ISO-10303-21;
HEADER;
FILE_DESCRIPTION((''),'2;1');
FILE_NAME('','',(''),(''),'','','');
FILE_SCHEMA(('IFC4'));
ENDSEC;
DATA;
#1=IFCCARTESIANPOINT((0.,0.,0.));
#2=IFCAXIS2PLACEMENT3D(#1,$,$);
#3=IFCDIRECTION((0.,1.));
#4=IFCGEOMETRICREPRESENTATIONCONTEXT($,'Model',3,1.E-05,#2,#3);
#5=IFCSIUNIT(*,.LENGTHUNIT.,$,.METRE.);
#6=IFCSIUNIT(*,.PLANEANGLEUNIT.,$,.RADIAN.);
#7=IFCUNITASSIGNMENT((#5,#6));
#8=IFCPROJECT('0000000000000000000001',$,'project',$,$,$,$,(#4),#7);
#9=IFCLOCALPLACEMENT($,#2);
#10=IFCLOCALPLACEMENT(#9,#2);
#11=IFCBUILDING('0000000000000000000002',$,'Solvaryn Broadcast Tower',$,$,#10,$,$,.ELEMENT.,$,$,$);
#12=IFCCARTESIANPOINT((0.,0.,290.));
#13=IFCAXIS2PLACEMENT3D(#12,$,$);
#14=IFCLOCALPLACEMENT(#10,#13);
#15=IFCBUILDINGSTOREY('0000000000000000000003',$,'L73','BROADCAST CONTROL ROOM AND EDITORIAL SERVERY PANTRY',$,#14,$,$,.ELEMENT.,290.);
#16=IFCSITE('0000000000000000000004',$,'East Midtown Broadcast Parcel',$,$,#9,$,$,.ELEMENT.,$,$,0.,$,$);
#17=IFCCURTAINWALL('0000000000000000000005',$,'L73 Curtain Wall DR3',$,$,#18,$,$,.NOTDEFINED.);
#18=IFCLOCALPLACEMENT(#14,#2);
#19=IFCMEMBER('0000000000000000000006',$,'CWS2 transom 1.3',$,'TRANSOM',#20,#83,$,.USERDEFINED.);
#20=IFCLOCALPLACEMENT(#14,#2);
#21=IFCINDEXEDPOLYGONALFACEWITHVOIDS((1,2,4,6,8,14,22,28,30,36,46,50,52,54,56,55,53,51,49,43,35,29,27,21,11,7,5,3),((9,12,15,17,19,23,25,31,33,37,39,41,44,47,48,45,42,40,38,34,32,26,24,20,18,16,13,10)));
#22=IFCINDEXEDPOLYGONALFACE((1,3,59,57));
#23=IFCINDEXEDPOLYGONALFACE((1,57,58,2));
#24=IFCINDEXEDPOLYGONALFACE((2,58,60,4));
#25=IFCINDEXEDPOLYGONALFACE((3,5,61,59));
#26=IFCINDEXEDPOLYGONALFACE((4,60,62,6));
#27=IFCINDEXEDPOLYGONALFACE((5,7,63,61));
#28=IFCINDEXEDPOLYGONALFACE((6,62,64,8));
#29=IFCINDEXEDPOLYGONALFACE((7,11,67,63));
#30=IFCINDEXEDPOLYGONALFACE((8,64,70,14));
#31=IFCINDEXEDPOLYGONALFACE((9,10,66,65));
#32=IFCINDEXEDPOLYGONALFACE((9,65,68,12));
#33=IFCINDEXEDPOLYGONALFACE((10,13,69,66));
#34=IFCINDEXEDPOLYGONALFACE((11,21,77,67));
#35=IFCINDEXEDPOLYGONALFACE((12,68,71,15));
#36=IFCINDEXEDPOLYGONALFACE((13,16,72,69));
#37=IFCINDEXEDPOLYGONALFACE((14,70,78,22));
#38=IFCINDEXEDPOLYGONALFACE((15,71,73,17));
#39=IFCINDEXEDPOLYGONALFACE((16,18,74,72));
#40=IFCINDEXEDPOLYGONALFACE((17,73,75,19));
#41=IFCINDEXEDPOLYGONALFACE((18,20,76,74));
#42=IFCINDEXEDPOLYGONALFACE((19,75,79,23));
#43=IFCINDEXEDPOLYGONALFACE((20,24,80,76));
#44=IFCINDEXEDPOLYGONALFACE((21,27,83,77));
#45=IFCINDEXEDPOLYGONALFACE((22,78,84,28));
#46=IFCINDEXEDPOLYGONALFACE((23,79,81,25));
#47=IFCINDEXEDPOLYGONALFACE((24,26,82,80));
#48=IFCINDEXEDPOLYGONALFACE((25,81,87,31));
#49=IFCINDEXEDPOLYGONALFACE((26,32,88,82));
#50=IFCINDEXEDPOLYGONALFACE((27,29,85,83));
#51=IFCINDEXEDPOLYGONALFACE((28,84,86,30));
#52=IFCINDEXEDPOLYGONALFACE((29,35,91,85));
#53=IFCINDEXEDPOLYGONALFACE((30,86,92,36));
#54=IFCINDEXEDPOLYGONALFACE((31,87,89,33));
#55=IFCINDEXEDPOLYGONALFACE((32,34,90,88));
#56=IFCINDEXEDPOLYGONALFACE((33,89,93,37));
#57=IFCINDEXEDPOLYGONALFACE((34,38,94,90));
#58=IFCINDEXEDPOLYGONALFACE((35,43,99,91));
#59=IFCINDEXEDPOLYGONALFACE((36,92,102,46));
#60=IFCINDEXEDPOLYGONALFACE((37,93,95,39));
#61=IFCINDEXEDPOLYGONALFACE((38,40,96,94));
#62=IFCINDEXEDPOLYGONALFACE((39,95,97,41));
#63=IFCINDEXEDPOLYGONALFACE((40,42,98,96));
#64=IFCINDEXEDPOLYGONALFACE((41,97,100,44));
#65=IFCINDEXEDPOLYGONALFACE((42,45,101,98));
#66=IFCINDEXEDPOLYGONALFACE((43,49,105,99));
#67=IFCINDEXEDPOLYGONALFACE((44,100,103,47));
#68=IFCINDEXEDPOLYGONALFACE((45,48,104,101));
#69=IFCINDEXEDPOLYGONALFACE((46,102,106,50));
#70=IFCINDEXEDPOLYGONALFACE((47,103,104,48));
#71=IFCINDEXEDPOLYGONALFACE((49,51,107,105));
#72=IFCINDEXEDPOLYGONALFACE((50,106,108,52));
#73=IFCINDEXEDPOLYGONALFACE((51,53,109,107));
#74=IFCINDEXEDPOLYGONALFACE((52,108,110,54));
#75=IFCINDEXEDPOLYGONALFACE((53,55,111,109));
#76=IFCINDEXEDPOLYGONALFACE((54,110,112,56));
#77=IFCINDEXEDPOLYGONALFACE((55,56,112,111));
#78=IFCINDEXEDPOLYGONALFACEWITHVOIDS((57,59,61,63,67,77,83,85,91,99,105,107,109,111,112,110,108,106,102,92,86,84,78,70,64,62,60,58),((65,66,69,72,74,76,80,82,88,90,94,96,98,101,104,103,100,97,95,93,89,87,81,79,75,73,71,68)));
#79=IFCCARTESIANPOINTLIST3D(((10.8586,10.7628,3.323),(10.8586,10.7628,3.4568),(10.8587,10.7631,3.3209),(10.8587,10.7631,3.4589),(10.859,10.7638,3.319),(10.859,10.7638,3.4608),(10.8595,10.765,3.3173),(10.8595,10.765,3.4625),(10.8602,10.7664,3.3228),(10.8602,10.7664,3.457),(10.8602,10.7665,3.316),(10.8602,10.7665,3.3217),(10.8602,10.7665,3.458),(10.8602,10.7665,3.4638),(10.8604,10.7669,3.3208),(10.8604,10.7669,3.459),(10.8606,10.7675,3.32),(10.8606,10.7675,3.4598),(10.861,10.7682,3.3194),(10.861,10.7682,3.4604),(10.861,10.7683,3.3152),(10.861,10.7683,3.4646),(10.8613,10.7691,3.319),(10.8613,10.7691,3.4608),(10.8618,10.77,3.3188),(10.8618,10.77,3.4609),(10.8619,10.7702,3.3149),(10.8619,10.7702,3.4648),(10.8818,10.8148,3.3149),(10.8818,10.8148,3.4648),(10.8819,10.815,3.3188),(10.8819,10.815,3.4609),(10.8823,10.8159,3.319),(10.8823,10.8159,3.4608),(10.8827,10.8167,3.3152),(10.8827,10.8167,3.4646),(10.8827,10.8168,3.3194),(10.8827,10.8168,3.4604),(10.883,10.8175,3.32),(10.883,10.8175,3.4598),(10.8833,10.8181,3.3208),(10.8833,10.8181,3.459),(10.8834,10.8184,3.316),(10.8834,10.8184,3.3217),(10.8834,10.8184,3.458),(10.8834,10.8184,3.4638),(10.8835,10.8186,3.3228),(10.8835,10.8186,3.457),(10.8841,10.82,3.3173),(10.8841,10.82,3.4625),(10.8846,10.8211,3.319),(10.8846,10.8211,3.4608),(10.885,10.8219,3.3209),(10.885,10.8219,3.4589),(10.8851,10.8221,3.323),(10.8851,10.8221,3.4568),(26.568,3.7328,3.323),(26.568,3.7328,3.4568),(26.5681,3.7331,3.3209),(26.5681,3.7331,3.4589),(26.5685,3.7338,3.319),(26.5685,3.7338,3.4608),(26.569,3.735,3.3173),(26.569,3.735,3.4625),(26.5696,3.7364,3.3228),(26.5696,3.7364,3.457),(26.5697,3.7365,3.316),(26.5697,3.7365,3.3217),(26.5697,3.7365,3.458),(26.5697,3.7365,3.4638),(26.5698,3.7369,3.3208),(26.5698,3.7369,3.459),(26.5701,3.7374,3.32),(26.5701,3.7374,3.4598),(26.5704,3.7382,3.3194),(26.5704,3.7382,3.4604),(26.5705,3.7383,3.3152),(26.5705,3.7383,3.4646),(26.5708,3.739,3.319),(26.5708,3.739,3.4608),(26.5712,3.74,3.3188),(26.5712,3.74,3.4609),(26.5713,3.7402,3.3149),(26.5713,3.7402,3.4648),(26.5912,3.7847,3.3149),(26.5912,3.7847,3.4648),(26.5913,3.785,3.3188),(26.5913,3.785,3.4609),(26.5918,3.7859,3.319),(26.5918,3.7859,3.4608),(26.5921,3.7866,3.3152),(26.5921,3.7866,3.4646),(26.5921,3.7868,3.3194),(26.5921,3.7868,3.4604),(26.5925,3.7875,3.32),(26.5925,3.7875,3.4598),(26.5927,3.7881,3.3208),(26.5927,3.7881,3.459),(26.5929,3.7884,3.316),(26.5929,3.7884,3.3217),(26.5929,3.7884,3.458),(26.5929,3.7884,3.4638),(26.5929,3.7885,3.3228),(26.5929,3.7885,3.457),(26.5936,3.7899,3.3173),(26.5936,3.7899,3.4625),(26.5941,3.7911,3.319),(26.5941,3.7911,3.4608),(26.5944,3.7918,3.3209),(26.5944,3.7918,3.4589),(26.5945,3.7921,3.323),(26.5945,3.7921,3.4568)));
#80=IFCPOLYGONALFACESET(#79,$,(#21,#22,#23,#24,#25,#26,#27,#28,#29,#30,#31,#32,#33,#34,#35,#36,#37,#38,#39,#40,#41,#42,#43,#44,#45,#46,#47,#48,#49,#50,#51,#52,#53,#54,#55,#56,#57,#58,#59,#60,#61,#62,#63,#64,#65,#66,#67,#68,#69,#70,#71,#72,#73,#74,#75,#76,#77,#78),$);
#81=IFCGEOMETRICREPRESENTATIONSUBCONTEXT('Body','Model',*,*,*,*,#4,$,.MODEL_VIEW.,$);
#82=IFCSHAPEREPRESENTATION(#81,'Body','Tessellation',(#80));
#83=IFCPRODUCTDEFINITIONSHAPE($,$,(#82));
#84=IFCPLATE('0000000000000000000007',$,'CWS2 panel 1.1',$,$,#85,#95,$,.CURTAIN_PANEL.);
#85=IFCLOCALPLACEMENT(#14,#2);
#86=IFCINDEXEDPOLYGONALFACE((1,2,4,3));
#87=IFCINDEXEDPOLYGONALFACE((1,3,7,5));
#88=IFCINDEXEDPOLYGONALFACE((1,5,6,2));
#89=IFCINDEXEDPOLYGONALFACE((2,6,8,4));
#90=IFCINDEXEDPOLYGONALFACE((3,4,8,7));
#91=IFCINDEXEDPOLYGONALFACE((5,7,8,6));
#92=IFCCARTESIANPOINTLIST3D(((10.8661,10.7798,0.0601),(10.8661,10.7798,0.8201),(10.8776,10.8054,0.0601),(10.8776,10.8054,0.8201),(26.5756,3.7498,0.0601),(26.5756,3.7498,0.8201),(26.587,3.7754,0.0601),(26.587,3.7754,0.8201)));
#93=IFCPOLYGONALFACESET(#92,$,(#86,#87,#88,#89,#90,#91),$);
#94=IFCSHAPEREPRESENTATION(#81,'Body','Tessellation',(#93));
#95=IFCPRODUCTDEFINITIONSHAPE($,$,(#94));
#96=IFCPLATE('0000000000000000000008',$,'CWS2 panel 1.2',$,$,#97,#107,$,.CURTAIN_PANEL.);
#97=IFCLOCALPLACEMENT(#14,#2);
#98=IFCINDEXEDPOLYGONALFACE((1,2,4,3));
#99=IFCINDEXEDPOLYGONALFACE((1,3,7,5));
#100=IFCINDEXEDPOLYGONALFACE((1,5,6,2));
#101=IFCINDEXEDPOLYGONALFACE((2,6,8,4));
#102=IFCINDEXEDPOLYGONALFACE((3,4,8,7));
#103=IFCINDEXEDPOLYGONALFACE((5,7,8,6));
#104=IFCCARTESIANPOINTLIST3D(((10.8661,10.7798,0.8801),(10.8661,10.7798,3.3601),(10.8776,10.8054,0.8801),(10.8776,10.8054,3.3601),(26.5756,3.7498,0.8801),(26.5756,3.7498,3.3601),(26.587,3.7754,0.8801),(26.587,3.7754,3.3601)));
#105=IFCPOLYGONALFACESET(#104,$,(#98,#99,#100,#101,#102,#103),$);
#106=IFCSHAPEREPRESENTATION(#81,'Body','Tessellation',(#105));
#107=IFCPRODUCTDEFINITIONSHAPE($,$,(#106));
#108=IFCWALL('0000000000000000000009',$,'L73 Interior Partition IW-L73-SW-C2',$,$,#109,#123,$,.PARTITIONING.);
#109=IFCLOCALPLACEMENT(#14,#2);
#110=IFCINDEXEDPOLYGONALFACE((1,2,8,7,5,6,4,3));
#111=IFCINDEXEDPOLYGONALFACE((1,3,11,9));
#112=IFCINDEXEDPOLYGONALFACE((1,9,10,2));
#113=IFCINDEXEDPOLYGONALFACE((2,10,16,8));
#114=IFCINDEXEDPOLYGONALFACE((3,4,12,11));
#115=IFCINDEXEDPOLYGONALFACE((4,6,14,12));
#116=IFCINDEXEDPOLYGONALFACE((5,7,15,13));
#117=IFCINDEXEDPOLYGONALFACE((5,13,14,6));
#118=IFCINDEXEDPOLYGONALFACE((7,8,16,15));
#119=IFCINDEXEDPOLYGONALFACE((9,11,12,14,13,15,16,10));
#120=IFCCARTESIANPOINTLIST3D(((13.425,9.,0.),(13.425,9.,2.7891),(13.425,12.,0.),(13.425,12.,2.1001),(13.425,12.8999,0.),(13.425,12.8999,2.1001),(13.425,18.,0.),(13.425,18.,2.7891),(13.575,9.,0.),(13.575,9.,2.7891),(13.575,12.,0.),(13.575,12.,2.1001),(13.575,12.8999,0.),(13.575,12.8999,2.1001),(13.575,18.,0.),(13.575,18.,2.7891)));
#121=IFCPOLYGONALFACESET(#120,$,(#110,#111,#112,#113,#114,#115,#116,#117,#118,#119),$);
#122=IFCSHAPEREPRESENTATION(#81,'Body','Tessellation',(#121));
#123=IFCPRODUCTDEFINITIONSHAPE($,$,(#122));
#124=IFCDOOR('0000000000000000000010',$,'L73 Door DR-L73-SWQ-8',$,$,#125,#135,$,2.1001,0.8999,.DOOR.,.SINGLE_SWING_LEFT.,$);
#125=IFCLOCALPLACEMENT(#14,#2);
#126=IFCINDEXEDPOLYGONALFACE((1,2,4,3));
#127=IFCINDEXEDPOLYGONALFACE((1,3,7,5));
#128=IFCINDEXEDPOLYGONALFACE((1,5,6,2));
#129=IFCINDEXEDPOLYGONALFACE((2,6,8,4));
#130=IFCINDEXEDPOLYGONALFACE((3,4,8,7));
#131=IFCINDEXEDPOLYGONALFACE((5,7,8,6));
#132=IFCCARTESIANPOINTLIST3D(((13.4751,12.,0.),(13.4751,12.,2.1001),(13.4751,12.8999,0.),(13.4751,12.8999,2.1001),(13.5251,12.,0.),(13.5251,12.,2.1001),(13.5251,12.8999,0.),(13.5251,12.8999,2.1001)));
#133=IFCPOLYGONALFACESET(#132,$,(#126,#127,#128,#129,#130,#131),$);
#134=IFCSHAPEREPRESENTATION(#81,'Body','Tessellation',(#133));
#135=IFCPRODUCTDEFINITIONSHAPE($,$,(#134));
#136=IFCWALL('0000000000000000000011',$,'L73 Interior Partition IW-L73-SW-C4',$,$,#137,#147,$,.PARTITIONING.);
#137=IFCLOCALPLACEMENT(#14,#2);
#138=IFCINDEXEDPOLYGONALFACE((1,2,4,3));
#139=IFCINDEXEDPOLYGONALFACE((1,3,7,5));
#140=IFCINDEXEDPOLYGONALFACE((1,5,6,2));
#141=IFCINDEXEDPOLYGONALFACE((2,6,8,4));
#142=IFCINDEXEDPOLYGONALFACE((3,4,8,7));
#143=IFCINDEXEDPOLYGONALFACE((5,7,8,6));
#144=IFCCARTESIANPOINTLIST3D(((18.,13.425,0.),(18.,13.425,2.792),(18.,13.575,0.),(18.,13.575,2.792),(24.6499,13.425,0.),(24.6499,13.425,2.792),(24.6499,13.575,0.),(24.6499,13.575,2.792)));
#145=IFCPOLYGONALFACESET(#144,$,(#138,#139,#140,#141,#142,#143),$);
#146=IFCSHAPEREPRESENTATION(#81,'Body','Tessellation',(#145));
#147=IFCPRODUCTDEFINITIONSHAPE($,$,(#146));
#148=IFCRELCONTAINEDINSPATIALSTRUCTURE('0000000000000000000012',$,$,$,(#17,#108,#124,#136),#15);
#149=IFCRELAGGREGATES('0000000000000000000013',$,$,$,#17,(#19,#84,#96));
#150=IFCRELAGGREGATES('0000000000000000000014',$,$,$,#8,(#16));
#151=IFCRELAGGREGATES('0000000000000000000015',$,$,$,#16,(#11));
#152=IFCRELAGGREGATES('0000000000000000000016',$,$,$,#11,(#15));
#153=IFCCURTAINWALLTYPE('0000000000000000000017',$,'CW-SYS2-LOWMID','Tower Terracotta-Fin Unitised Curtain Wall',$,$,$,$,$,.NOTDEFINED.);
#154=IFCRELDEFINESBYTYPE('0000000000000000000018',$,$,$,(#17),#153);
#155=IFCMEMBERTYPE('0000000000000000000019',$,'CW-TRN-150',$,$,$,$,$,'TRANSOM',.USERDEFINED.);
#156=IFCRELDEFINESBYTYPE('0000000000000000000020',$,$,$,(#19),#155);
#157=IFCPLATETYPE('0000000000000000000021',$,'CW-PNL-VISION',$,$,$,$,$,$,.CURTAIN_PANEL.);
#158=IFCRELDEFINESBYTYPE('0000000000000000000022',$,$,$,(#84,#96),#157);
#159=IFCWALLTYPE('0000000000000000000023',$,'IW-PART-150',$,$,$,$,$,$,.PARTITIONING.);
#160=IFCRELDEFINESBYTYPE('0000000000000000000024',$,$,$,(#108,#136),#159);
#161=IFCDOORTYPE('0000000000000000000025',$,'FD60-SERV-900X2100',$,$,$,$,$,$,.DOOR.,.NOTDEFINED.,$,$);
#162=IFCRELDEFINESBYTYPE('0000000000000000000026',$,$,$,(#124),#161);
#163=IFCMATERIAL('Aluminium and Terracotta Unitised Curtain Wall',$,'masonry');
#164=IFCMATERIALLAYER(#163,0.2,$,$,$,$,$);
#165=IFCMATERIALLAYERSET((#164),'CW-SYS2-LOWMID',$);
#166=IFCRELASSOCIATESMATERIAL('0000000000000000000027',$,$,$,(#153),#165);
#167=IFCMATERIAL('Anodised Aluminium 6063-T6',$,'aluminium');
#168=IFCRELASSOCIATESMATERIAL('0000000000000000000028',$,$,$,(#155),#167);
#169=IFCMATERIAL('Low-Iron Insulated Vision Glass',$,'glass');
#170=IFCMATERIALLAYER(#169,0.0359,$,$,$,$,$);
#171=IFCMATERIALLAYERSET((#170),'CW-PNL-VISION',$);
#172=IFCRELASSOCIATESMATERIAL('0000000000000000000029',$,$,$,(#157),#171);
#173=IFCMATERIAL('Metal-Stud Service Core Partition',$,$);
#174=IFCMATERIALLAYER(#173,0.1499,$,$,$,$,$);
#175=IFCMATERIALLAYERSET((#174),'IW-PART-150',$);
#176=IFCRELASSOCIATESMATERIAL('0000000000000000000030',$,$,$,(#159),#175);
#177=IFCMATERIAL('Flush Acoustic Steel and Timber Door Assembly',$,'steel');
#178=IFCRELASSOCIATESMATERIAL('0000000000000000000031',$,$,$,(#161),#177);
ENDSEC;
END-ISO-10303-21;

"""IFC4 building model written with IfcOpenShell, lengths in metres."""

from ifc_helpers import new_model, si_unit, direction, frame, frame_2d, origin, origin_2d, place, context, subcontext, project, spatial, rectangle, hollow_rectangle, extrude, material, layer, layer_set, material_profile, profile_set, type_object, element, fill, aggregate, save


model = new_model("IFC4")

# Units and contexts
model_context = context("Model", 3, precision=1e-05, world=origin(), true_north=direction((0.0, 1.0)))
body_context = subcontext(model_context, "Body", "Model", "MODEL_VIEW")
ifc_project = project(units=[si_unit("LENGTHUNIT", "METRE"), si_unit("PLANEANGLEUNIT", "RADIAN")], contexts=[model_context])

# Site, building, storey
site_placement = place(None, origin())
site = spatial("IfcSite", under=ifc_project, at=site_placement, Name="East Midtown Broadcast Parcel", CompositionType="ELEMENT", RefElevation=0.0)
building_placement = place(site_placement, origin())
building = spatial("IfcBuilding", under=site, at=building_placement, Name="Solvaryn Broadcast Tower", CompositionType="ELEMENT")
storey_placement = place(building_placement, frame((0.0, 0.0, 290.0)))
storey = spatial("IfcBuildingStorey", under=building, at=storey_placement, Name="L73", Description="BROADCAST CONTROL ROOM AND EDITORIAL SERVERY PANTRY", CompositionType="ELEMENT", Elevation=290.0)

# Curtain wall, member, plates
ifc_material_1 = material(Name="Aluminium and Terracotta Unitised Curtain Wall", Category="masonry")
ifc_layer_1 = layer(ifc_material_1, 0.2)
ifc_layer_set_1 = layer_set([ifc_layer_1], Name="CW-SYS2-LOWMID")
curtain_wall_type_1 = type_object("IfcCurtainWallType", Name="CW-SYS2-LOWMID", Description="Tower Terracotta-Fin Unitised Curtain Wall", PredefinedType="NOTDEFINED", material=ifc_layer_set_1)
curtain_wall_1_placement = place(storey_placement, origin())
curtain_wall_1 = element("IfcCurtainWall", 1, at=curtain_wall_1_placement, inside=storey, type_object=curtain_wall_type_1, Name="L73 Curtain Wall DR3", PredefinedType="NOTDEFINED")
ifc_material_2 = material(Name="Anodised Aluminium 6063-T6", Category="aluminium")
ifc_material_profile_1 = material_profile(ifc_material_2, hollow_rectangle(XDim=0.0649, YDim=0.1499, WallThickness=0.0039, InnerFilletRadius=0.0039, OuterFilletRadius=0.0081, at=origin_2d()))
ifc_profile_set_1 = profile_set([ifc_material_profile_1], Name="Anodised Aluminium 6063-T6")
member_type_1 = type_object("IfcMemberType", Name="CW-TRN-150", ElementType="TRANSOM", PredefinedType="USERDEFINED", material=ifc_profile_set_1)
member_1_placement = place(storey_placement, frame((10.8718, 10.7925, 3.3899), z_axis=(0.912773, -0.408468, 0.0), x_axis=(0.408468, 0.912773, 0.0)))
member_1 = element("IfcMember", 2, at=member_1_placement, type_object=member_type_1, Name="CWS2 transom 1.3", ObjectType="TRANSOM", PredefinedType="USERDEFINED", context=body_context, shape_type="SweptSolid", body=[
    extrude(hollow_rectangle(XDim=0.0649, YDim=0.1499, WallThickness=0.0039, InnerFilletRadius=0.0039, OuterFilletRadius=0.0081, at=origin_2d()), origin(), (0.0, 0.0, 1.0), 17.2107),
])
ifc_material_3 = material(Name="Low-Iron Insulated Vision Glass", Category="glass")
ifc_layer_2 = layer(ifc_material_3, 0.0359)
ifc_layer_set_2 = layer_set([ifc_layer_2], Name="CW-PNL-VISION")
plate_type = type_object("IfcPlateType", Name="CW-PNL-VISION", PredefinedType="CURTAIN_PANEL", material=ifc_layer_set_2)
plate_1_placement = place(storey_placement, frame((18.7266, 7.2776, 0.0601), z_axis=(0.0, 0.0, 1.0), x_axis=(0.912774, -0.408466, 0.0)))
plate_1 = element("IfcPlate", 3, at=plate_1_placement, type_object=plate_type, Name="CWS2 panel 1.1", PredefinedType="CURTAIN_PANEL", context=body_context, shape_type="SweptSolid", body=[
    extrude(rectangle(XDim=17.2107, YDim=0.0281, at=origin_2d()), origin(), (0.0, 0.0, 1.0), 0.76),
])
plate_2_placement = place(storey_placement, frame((18.7266, 7.2776, 0.8801), z_axis=(0.0, 0.0, 1.0), x_axis=(0.912774, -0.408466, 0.0)))
plate_2 = element("IfcPlate", 4, at=plate_2_placement, type_object=plate_type, Name="CWS2 panel 1.2", PredefinedType="CURTAIN_PANEL", context=body_context, shape_type="SweptSolid", body=[
    extrude(rectangle(XDim=17.2107, YDim=0.0281, at=origin_2d()), origin(), (0.0, 0.0, 1.0), 2.48),
])
aggregate(curtain_wall_1, [member_1, plate_1, plate_2])

# Wall, opening, door
ifc_material_4 = material(Name="Metal-Stud Service Core Partition")
ifc_layer_3 = layer(ifc_material_4, 0.1499)
ifc_layer_set_3 = layer_set([ifc_layer_3], Name="IW-PART-150")
wall_type_1 = type_object("IfcWallType", Name="IW-PART-150", PredefinedType="PARTITIONING", material=ifc_layer_set_3)
wall_1_placement = place(storey_placement, frame((13.5, 9.0, 0.0), z_axis=(0.0, 0.0, 1.0), x_axis=(0.0, 1.0, 0.0)))
wall_1 = element("IfcWall", 5, at=wall_1_placement, inside=storey, type_object=wall_type_1, Name="L73 Interior Partition IW-L73-SW-C2", PredefinedType="PARTITIONING", context=body_context, shape_type="SweptSolid", body=[
    extrude(rectangle(XDim=9.0, YDim=0.1499, at=frame_2d((4.5, 0.0))), origin(), (0.0, 0.0, 1.0), 2.7891),
])
opening_1_placement = place(wall_1_placement, frame((3.0, 0.0, 0.0)))
opening_1 = element("IfcOpeningElement", 6, at=opening_1_placement, cuts=wall_1, PredefinedType="OPENING", context=body_context, shape_type="SweptSolid", body=[
    extrude(rectangle(XDim=0.8999, YDim=2.1001, at=frame_2d((0.45, 1.05))), frame((0.0, 0.085, 0.0), z_axis=(0.0, -1.0, 0.0), x_axis=(1.0, 0.0, 0.0)), (0.0, 0.0, 1.0), 0.1699),
])
ifc_material_5 = material(Name="Flush Acoustic Steel and Timber Door Assembly", Category="steel")
door_type_1 = type_object("IfcDoorType", Name="FD60-SERV-900X2100", OperationType="NOTDEFINED", PredefinedType="DOOR", material=ifc_material_5)
door_1_placement = place(opening_1_placement, origin())
door_1 = element("IfcDoor", 7, at=door_1_placement, inside=storey, type_object=door_type_1, Name="L73 Door DR-L73-SWQ-8", OperationType="SINGLE_SWING_LEFT", OverallHeight=2.1001, OverallWidth=0.8999, PredefinedType="DOOR", context=body_context, shape_type="SweptSolid", body=[
    extrude(rectangle(XDim=0.8999, YDim=2.1001, at=frame_2d((0.45, 1.05))), frame((0.0, 0.0249, 0.0), z_axis=(0.0, -1.0, 0.0), x_axis=(1.0, 0.0, 0.0)), (0.0, 0.0, 1.0), 0.05),
])
fill(opening_1, door_1)

# Wall
wall_2_placement = place(storey_placement, frame((18.0, 13.5, 0.0), z_axis=(0.0, 0.0, 1.0), x_axis=(1.0, 0.0, 0.0)))
element("IfcWall", 8, at=wall_2_placement, inside=storey, type_object=wall_type_1, Name="L73 Interior Partition IW-L73-SW-C4", PredefinedType="PARTITIONING", context=body_context, shape_type="SweptSolid", body=[
    extrude(rectangle(XDim=6.6499, YDim=0.1499, at=frame_2d((3.325, 0.0))), origin(), (0.0, 0.0, 1.0), 2.792),
])

save(model, "model.ifc")
